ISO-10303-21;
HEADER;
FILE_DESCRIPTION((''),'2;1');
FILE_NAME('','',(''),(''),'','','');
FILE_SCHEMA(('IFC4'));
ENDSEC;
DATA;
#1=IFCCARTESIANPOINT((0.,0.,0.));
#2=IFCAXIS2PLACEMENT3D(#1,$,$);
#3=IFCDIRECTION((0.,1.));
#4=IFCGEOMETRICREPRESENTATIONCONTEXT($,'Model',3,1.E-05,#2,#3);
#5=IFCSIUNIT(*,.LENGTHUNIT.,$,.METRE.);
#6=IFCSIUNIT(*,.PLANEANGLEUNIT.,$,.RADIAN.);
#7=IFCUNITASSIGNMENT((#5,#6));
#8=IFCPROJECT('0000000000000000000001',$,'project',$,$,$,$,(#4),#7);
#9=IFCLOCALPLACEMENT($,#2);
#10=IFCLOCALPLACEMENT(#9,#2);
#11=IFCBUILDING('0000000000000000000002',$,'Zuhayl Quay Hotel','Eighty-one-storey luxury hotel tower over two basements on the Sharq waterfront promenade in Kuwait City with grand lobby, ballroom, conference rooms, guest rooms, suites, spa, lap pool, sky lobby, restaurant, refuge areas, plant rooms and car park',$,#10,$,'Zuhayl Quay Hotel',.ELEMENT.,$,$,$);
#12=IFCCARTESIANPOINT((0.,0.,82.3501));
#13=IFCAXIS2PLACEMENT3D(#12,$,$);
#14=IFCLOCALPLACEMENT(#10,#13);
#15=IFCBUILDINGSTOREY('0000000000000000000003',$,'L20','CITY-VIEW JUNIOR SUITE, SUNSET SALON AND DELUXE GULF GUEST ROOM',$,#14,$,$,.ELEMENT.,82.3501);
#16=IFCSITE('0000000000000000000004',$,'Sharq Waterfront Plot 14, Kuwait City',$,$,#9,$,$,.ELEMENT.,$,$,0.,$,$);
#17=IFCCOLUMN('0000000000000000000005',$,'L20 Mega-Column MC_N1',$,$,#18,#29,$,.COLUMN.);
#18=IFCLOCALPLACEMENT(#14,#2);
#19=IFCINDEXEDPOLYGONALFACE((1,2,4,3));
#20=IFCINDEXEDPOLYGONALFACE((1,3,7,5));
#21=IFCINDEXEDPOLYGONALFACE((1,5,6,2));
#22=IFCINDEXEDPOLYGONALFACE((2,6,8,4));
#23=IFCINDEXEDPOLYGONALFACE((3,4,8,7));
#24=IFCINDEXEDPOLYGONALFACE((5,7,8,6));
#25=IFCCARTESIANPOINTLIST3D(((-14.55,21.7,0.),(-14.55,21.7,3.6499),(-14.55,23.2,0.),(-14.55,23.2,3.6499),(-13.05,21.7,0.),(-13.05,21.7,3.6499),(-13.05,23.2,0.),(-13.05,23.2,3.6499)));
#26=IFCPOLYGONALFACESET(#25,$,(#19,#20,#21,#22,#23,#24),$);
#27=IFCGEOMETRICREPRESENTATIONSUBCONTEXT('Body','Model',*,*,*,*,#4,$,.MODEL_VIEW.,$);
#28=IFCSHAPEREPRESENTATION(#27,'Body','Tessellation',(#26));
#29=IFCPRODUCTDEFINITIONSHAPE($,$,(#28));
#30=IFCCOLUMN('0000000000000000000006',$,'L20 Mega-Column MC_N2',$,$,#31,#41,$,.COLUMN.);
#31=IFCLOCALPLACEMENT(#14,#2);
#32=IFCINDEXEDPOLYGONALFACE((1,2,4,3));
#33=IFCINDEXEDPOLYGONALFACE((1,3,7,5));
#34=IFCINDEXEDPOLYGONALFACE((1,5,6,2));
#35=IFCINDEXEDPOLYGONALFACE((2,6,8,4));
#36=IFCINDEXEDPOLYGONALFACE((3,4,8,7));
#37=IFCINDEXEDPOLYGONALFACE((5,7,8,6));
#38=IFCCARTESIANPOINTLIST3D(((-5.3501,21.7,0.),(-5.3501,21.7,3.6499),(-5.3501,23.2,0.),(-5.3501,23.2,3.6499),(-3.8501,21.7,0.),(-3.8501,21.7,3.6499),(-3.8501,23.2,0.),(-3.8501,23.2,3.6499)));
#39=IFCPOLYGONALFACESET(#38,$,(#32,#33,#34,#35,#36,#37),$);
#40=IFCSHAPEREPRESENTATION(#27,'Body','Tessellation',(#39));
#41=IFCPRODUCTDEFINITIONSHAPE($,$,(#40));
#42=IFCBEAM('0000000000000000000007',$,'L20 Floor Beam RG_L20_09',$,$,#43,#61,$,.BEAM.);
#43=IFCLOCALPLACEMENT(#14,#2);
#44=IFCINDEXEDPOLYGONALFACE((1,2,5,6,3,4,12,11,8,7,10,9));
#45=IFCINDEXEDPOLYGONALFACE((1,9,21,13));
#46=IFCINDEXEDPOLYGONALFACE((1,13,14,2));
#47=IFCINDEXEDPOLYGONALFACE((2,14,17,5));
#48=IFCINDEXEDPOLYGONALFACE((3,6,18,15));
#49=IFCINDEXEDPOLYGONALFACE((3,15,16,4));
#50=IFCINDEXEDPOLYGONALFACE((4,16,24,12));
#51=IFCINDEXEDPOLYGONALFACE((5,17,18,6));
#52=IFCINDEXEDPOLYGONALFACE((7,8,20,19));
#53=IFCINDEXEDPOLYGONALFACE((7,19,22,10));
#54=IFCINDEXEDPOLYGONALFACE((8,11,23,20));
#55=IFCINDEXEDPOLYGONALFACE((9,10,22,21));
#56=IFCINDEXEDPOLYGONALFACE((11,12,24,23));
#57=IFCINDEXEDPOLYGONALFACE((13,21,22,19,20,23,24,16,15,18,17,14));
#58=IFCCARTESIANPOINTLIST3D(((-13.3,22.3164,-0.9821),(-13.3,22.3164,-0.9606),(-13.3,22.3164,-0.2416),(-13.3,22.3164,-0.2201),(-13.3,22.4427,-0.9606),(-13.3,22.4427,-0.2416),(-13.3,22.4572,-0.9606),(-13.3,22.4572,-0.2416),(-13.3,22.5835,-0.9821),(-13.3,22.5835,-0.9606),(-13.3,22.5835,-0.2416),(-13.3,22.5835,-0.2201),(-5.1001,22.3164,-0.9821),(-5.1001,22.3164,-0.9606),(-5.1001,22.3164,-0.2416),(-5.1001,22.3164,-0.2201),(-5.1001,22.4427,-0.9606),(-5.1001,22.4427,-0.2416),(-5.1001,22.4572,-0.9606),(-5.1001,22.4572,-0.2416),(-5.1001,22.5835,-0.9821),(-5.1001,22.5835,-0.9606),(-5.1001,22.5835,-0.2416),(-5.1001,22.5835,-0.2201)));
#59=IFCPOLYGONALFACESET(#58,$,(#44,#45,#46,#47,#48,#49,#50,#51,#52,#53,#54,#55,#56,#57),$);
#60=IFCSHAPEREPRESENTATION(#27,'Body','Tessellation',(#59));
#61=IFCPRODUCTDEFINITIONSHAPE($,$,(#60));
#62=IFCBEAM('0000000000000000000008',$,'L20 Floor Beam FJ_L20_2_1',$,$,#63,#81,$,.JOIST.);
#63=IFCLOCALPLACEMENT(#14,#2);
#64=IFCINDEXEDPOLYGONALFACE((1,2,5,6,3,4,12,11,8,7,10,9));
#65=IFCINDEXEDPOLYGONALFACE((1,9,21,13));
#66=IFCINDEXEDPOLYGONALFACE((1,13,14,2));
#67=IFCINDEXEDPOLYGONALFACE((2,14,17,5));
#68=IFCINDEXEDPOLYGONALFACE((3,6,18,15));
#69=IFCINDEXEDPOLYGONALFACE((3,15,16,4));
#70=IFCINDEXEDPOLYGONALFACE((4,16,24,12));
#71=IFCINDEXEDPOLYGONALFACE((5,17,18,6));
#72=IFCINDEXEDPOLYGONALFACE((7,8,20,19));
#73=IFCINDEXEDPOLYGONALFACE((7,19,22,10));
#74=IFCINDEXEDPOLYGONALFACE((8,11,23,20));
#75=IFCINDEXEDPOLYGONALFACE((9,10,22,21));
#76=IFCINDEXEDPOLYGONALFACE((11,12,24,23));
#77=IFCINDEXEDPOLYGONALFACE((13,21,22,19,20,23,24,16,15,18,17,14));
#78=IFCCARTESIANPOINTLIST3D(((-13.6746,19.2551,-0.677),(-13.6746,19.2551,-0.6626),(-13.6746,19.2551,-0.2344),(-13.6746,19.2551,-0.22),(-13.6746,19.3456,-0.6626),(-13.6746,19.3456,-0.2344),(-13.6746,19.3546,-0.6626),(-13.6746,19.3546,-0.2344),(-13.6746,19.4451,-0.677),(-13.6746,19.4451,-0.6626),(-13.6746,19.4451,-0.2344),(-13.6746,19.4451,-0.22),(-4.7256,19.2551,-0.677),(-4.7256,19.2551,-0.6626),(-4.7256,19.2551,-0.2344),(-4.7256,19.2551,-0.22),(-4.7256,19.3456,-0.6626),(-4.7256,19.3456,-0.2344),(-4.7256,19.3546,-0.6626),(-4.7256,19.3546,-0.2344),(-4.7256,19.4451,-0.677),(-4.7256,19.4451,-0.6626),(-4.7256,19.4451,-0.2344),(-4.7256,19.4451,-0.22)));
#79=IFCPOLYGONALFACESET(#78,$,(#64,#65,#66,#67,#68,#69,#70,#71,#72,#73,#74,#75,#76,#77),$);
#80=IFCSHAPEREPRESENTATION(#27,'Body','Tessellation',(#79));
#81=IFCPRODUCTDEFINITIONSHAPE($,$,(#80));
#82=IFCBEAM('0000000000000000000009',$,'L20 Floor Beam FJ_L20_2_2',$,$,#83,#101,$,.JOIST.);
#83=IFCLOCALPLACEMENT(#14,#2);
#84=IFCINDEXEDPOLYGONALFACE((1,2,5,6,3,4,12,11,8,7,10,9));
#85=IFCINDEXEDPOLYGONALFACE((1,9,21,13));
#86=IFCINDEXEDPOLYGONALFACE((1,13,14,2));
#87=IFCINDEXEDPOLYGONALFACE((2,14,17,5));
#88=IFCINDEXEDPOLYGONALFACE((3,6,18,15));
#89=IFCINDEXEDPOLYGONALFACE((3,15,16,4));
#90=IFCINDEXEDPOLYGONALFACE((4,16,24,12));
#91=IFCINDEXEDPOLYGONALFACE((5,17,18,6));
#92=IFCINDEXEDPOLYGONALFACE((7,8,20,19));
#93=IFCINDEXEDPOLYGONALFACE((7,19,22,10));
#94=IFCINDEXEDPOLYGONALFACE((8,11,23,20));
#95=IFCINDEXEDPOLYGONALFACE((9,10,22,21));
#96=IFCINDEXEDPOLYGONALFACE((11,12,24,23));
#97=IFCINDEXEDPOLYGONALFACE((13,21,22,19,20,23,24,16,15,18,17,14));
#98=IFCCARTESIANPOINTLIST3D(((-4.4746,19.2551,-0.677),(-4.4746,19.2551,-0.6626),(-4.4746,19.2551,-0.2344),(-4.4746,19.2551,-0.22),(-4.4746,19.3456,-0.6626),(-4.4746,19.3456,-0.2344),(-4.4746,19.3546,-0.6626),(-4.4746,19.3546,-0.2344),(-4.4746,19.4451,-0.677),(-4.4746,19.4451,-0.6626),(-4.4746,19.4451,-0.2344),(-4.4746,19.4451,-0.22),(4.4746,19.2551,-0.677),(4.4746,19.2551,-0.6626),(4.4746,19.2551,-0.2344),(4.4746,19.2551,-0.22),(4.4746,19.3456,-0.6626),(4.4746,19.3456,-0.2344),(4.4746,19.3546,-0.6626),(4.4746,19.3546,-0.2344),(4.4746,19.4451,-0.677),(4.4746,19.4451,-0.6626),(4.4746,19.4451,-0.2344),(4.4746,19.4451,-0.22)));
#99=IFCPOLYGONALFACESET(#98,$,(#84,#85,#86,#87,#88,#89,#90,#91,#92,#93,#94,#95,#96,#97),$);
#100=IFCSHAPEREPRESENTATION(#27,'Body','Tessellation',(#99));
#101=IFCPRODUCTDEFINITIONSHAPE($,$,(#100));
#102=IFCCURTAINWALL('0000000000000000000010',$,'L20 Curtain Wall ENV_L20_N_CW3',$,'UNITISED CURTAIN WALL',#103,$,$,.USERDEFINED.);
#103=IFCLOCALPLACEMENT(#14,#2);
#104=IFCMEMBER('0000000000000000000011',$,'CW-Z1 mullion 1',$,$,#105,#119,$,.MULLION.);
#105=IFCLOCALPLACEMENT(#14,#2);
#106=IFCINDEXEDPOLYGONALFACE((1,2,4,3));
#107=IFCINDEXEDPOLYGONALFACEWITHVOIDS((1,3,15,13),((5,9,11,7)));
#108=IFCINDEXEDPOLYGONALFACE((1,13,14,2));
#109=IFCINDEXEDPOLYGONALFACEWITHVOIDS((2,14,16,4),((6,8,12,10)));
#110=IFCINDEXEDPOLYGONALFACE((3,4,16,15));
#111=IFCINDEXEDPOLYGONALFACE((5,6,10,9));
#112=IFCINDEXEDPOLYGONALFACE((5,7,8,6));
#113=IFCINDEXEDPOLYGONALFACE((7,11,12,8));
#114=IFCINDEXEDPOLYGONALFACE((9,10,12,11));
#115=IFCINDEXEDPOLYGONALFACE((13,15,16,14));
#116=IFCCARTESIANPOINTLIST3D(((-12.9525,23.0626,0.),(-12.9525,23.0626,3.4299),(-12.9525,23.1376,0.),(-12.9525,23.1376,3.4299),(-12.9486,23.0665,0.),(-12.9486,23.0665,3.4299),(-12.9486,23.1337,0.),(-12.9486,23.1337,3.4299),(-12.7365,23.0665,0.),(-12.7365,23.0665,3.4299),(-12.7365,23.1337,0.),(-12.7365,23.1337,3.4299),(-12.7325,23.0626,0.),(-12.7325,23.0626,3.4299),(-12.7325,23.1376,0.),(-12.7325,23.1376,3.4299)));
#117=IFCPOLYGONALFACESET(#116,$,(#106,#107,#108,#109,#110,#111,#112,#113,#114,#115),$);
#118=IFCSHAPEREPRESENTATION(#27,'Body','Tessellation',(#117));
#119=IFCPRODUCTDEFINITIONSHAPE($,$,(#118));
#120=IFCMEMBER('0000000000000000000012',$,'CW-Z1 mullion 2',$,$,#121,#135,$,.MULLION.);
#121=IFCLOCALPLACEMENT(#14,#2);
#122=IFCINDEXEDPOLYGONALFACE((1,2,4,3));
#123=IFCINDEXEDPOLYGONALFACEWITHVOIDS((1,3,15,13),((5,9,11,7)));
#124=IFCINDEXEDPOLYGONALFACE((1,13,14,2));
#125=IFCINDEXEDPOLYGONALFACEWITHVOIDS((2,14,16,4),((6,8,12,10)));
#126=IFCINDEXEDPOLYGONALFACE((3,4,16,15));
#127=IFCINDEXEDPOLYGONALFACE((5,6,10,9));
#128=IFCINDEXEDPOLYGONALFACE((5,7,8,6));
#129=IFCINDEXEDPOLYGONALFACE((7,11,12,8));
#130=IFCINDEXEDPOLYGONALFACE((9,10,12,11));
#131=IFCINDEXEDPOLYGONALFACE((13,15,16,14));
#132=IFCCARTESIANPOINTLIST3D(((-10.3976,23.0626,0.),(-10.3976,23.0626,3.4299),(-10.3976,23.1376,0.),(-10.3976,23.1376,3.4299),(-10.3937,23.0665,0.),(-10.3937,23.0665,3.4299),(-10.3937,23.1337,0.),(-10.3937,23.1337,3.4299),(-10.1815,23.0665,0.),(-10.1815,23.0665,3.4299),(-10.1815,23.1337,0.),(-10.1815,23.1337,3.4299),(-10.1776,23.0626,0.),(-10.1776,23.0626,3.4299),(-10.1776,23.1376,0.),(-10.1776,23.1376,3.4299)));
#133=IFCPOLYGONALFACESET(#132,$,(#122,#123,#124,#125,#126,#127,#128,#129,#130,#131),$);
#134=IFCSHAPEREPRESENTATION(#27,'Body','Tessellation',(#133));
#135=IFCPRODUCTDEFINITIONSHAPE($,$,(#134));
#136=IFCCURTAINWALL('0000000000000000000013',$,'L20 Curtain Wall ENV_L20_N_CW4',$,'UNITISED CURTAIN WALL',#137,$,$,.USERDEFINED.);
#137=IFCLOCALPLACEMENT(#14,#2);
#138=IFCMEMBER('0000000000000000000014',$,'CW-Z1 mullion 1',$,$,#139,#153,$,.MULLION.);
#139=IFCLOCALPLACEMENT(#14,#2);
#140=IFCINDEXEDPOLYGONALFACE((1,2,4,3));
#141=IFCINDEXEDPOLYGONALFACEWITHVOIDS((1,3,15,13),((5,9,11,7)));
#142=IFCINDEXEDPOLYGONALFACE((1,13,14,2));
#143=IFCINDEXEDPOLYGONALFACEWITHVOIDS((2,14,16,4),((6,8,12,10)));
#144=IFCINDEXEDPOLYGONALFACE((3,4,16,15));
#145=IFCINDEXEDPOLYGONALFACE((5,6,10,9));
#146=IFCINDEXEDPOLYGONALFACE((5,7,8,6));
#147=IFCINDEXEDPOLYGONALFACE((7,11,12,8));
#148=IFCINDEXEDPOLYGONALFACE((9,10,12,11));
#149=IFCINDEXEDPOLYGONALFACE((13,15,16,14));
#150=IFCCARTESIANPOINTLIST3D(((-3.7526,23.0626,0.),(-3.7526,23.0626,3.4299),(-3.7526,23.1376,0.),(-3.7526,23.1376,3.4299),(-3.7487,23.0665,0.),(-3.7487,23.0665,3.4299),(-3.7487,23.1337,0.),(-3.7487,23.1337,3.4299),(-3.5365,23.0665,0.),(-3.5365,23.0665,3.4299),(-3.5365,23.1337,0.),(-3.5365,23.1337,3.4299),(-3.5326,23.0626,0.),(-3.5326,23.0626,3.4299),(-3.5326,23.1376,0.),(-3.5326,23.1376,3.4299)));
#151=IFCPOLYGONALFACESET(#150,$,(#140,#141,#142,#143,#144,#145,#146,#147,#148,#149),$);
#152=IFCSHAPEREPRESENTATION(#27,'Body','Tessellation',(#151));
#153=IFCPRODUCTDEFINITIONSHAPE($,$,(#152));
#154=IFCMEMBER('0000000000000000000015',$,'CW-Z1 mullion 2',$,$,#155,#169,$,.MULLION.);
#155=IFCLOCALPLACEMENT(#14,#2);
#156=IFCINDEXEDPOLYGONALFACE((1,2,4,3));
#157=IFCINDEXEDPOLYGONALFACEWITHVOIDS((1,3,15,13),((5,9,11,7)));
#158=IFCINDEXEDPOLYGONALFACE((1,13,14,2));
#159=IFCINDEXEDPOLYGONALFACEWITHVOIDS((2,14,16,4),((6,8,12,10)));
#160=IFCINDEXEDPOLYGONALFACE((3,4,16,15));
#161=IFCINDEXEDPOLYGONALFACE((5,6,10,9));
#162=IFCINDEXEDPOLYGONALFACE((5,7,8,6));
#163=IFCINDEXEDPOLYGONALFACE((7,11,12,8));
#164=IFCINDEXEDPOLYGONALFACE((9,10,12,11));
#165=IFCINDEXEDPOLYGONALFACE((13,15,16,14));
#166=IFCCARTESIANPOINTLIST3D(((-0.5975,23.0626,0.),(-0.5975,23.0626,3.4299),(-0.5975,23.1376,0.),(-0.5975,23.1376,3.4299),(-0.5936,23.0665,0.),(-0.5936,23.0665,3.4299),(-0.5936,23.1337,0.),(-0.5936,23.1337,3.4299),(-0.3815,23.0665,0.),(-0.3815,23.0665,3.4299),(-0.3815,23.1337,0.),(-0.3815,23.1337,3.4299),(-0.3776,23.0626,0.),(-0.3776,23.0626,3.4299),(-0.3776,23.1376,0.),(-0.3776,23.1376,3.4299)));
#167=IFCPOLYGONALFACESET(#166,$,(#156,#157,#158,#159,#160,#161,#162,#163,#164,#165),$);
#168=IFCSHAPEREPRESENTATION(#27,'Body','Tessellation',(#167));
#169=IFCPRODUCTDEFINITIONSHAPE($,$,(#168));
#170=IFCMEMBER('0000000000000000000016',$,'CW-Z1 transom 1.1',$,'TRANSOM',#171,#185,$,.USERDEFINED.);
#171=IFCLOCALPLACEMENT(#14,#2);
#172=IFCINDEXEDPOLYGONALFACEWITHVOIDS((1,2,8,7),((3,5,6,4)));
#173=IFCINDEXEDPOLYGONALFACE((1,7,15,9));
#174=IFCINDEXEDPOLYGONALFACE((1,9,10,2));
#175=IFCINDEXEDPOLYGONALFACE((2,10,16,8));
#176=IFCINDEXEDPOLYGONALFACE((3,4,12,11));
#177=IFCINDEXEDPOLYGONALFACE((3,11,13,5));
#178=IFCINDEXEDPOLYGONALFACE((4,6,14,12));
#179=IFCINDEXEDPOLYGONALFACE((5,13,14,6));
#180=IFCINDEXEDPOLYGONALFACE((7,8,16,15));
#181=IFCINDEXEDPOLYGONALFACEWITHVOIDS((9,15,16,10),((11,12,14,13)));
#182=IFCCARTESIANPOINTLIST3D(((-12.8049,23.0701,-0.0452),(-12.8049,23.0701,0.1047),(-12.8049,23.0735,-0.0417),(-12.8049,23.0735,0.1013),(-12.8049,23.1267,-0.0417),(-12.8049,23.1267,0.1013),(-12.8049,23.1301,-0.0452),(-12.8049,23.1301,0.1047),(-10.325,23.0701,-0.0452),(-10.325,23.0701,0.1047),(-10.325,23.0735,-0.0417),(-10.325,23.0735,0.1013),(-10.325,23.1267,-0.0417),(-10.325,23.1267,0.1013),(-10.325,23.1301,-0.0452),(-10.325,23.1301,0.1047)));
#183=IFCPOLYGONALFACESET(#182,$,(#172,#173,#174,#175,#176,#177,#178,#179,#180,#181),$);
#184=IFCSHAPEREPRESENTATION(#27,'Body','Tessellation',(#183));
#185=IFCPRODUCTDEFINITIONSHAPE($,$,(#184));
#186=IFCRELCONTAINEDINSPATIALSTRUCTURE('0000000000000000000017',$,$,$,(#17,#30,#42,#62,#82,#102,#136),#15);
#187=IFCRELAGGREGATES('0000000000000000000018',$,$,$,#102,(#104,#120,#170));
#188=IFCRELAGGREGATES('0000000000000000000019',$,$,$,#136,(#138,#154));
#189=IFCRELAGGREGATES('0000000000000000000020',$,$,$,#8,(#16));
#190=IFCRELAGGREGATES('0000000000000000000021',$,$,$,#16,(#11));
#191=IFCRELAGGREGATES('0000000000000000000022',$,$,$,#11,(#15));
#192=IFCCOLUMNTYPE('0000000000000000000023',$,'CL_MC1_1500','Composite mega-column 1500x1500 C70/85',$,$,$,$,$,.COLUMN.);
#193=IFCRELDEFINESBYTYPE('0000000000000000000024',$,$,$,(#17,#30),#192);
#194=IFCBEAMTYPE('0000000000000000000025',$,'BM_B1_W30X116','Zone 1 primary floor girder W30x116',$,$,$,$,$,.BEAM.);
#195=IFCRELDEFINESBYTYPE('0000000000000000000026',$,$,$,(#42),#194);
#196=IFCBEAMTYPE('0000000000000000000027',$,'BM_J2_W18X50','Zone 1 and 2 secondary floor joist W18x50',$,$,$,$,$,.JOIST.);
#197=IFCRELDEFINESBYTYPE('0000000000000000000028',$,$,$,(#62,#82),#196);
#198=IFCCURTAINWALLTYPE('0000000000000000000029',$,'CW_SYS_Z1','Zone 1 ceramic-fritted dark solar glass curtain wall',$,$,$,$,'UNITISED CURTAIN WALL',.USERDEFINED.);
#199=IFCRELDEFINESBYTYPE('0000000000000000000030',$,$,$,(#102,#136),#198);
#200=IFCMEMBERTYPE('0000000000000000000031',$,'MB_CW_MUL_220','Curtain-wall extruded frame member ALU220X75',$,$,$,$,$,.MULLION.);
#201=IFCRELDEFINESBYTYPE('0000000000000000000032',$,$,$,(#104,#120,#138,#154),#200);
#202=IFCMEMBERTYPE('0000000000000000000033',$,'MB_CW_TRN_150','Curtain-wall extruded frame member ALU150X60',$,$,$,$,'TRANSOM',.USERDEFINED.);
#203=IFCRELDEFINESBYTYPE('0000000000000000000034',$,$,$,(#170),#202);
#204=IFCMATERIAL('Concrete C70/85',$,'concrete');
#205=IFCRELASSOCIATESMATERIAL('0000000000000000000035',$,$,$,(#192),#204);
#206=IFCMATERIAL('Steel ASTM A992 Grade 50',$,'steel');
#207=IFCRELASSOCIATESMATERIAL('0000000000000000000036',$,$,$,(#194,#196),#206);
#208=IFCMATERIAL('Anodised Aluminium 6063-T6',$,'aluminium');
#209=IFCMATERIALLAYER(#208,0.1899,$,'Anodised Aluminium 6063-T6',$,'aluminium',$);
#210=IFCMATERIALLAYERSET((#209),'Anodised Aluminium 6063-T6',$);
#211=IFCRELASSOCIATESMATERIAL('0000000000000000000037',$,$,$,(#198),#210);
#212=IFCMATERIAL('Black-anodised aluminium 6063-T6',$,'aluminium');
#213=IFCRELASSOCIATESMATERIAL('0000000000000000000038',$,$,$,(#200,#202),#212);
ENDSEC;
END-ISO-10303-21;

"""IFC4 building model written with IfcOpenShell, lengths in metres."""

from ifc_helpers import new_model, si_unit, direction, frame, origin, origin_2d, place, context, subcontext, project, spatial, rectangle, hollow_rectangle, i_section, extrude, material, layer, layer_set, material_profile, profile_set, type_object, element, aggregate, save


model = new_model("IFC4")

# Units and contexts
model_context = context("Model", 3, precision=1e-05, world=origin(), true_north=direction((0.0, 1.0)))
body_context = subcontext(model_context, "Body", "Model", "MODEL_VIEW")
ifc_project = project(units=[si_unit("LENGTHUNIT", "METRE"), si_unit("PLANEANGLEUNIT", "RADIAN")], contexts=[model_context])

# Site, building, storey
site_placement = place(None, origin())
site = spatial("IfcSite", under=ifc_project, at=site_placement, Name="Sharq Waterfront Plot 14, Kuwait City", CompositionType="ELEMENT", RefElevation=0.0)
building_placement = place(site_placement, origin())
building = spatial("IfcBuilding", under=site, at=building_placement, Name="Zuhayl Quay Hotel", Description="Eighty-one-storey luxury hotel tower over two basements on the Sharq waterfront promenade in Kuwait City with grand lobby, ballroom, conference rooms, guest rooms, suites, spa, lap pool, sky lobby, restaurant, refuge areas, plant rooms and car park", LongName="Zuhayl Quay Hotel", CompositionType="ELEMENT")
storey_placement = place(building_placement, frame((0.0, 0.0, 82.3501)))
storey = spatial("IfcBuildingStorey", under=building, at=storey_placement, Name="L20", Description="CITY-VIEW JUNIOR SUITE, SUNSET SALON AND DELUXE GULF GUEST ROOM", CompositionType="ELEMENT", Elevation=82.3501)

# Columns
ifc_material_1 = material(Name="Concrete C70/85", Category="concrete")
ifc_material_profile_1 = material_profile(ifc_material_1, rectangle(XDim=1.5, YDim=1.5, at=origin_2d()), Name="RC1500X1500")
ifc_profile_set_1 = profile_set([ifc_material_profile_1], Name="Concrete C70/85")
column_type = type_object("IfcColumnType", Name="CL_MC1_1500", Description="Composite mega-column 1500x1500 C70/85", PredefinedType="COLUMN", material=ifc_profile_set_1)
for number, where, z_axis, x_axis, name in (
    (1, (-13.8, 22.45, 0.0), (0.0, 0.0, 1.0), (1.0, 0.0, 0.0), "L20 Mega-Column MC_N1"),
    (2, (-4.6001, 22.45, 0.0), (0.0, 0.0, 1.0), (1.0, 0.0, 0.0), "L20 Mega-Column MC_N2"),
):
    element("IfcColumn", number, at=place(storey_placement, frame(where, z_axis=z_axis, x_axis=x_axis)), inside=storey, type_object=column_type, Name=name, PredefinedType="COLUMN", context=body_context, shape_type="SweptSolid", body=[
        extrude(rectangle(XDim=1.5, YDim=1.5, at=origin_2d()), origin(), (0.0, 0.0, 1.0), 3.6499),
    ])

# Beams
ifc_material_2 = material(Name="Steel ASTM A992 Grade 50", Category="steel")
ifc_material_profile_2 = material_profile(ifc_material_2, i_section(OverallWidth=0.2671, OverallDepth=0.762, WebThickness=0.0144, FlangeThickness=0.0215, at=origin_2d()), Name="W30X116")
ifc_profile_set_2 = profile_set([ifc_material_profile_2], Name="Steel ASTM A992 Grade 50")
beam_type_1 = type_object("IfcBeamType", Name="BM_B1_W30X116", Description="Zone 1 primary floor girder W30x116", PredefinedType="BEAM", material=ifc_profile_set_2)
beam_1_placement = place(storey_placement, frame((-5.1001, 22.45, -0.6011), z_axis=(-1.0, 0.0, 0.0), x_axis=(0.0, -1.0, 0.0)))
element("IfcBeam", 3, at=beam_1_placement, inside=storey, type_object=beam_type_1, Name="L20 Floor Beam RG_L20_09", PredefinedType="BEAM", context=body_context, shape_type="SweptSolid", body=[
    extrude(i_section(OverallWidth=0.2671, OverallDepth=0.762, WebThickness=0.0144, FlangeThickness=0.0215, at=origin_2d()), origin(), (0.0, 0.0, 1.0), 8.2),
])
ifc_material_profile_3 = material_profile(ifc_material_2, i_section(OverallWidth=0.1899, OverallDepth=0.457, WebThickness=0.009, FlangeThickness=0.0144, at=origin_2d()), Name="W18X50")
ifc_profile_set_3 = profile_set([ifc_material_profile_3], Name="Steel ASTM A992 Grade 50")
beam_type_2 = type_object("IfcBeamType", Name="BM_J2_W18X50", Description="Zone 1 and 2 secondary floor joist W18x50", PredefinedType="JOIST", material=ifc_profile_set_3)
beam_2_placement = place(storey_placement, frame((-13.6746, 19.3501, -0.4485), z_axis=(1.0, 0.0, 0.0), x_axis=(0.0, 1.0, 0.0)))
element("IfcBeam", 4, at=beam_2_placement, inside=storey, type_object=beam_type_2, Name="L20 Floor Beam FJ_L20_2_1", PredefinedType="JOIST", context=body_context, shape_type="SweptSolid", body=[
    extrude(i_section(OverallWidth=0.1899, OverallDepth=0.457, WebThickness=0.009, FlangeThickness=0.0144, at=origin_2d()), origin(), (0.0, 0.0, 1.0), 8.949),
])
beam_3_placement = place(storey_placement, frame((-4.4746, 19.3501, -0.4485), z_axis=(1.0, 0.0, 0.0), x_axis=(0.0, 1.0, 0.0)))
element("IfcBeam", 5, at=beam_3_placement, inside=storey, type_object=beam_type_2, Name="L20 Floor Beam FJ_L20_2_2", PredefinedType="JOIST", context=body_context, shape_type="SweptSolid", body=[
    extrude(i_section(OverallWidth=0.1899, OverallDepth=0.457, WebThickness=0.009, FlangeThickness=0.0144, at=origin_2d()), origin(), (0.0, 0.0, 1.0), 8.9492),
])

# Curtain walls, members
ifc_material_3 = material(Name="Anodised Aluminium 6063-T6", Category="aluminium")
ifc_layer_1 = layer(ifc_material_3, 0.1899, Name="Anodised Aluminium 6063-T6", Category="aluminium")
ifc_layer_set_1 = layer_set([ifc_layer_1], Name="Anodised Aluminium 6063-T6")
curtain_wall_type = type_object("IfcCurtainWallType", Name="CW_SYS_Z1", Description="Zone 1 ceramic-fritted dark solar glass curtain wall", ElementType="UNITISED CURTAIN WALL", PredefinedType="USERDEFINED", material=ifc_layer_set_1)
curtain_wall_1_placement = place(storey_placement, origin())
curtain_wall_1 = element("IfcCurtainWall", 6, at=curtain_wall_1_placement, inside=storey, type_object=curtain_wall_type, Name="L20 Curtain Wall ENV_L20_N_CW3", ObjectType="UNITISED CURTAIN WALL", PredefinedType="USERDEFINED")
ifc_material_4 = material(Name="Black-anodised aluminium 6063-T6", Category="aluminium")
ifc_material_profile_4 = material_profile(ifc_material_4, hollow_rectangle(XDim=0.075, YDim=0.22, WallThickness=0.0039, at=origin_2d()), Name="ALU220X75")
ifc_profile_set_4 = profile_set([ifc_material_profile_4], Name="Black-anodised aluminium 6063-T6")
member_type_1 = type_object("IfcMemberType", Name="MB_CW_MUL_220", Description="Curtain-wall extruded frame member ALU220X75", PredefinedType="MULLION", material=ifc_profile_set_4)
member_1_placement = place(storey_placement, frame((-12.8425, 23.1001, 0.0), z_axis=(0.0, 0.0, 1.0), x_axis=(0.0, 1.0, 0.0)))
member_1 = element("IfcMember", 7, at=member_1_placement, type_object=member_type_1, Name="CW-Z1 mullion 1", PredefinedType="MULLION", context=body_context, shape_type="SweptSolid", body=[
    extrude(hollow_rectangle(XDim=0.075, YDim=0.22, WallThickness=0.0039, at=origin_2d()), origin(), (0.0, 0.0, 1.0), 3.4299),
])
member_2_placement = place(storey_placement, frame((-10.2876, 23.1001, 0.0), z_axis=(0.0, 0.0, 1.0), x_axis=(0.0, 1.0, 0.0)))
member_2 = element("IfcMember", 8, at=member_2_placement, type_object=member_type_1, Name="CW-Z1 mullion 2", PredefinedType="MULLION", context=body_context, shape_type="SweptSolid", body=[
    extrude(hollow_rectangle(XDim=0.075, YDim=0.22, WallThickness=0.0039, at=origin_2d()), origin(), (0.0, 0.0, 1.0), 3.4299),
])
curtain_wall_2_placement = place(storey_placement, origin())
curtain_wall_2 = element("IfcCurtainWall", 9, at=curtain_wall_2_placement, inside=storey, type_object=curtain_wall_type, Name="L20 Curtain Wall ENV_L20_N_CW4", ObjectType="UNITISED CURTAIN WALL", PredefinedType="USERDEFINED")
member_3_placement = place(storey_placement, frame((-3.6426, 23.1001, 0.0), z_axis=(0.0, 0.0, 1.0), x_axis=(0.0, 1.0, 0.0)))
member_3 = element("IfcMember", 10, at=member_3_placement, type_object=member_type_1, Name="CW-Z1 mullion 1", PredefinedType="MULLION", context=body_context, shape_type="SweptSolid", body=[
    extrude(hollow_rectangle(XDim=0.075, YDim=0.22, WallThickness=0.0039, at=origin_2d()), origin(), (0.0, 0.0, 1.0), 3.4299),
])
member_4_placement = place(storey_placement, frame((-0.4875, 23.1001, 0.0), z_axis=(0.0, 0.0, 1.0), x_axis=(0.0, 1.0, 0.0)))
member_4 = element("IfcMember", 11, at=member_4_placement, type_object=member_type_1, Name="CW-Z1 mullion 2", PredefinedType="MULLION", context=body_context, shape_type="SweptSolid", body=[
    extrude(hollow_rectangle(XDim=0.075, YDim=0.22, WallThickness=0.0039, at=origin_2d()), origin(), (0.0, 0.0, 1.0), 3.4299),
])

# Member
ifc_material_profile_5 = material_profile(ifc_material_4, hollow_rectangle(XDim=0.0601, YDim=0.1499, WallThickness=0.0034, at=origin_2d()), Name="ALU150X60")
ifc_profile_set_5 = profile_set([ifc_material_profile_5], Name="Black-anodised aluminium 6063-T6")
member_type_2 = type_object("IfcMemberType", Name="MB_CW_TRN_150", Description="Curtain-wall extruded frame member ALU150X60", ElementType="TRANSOM", PredefinedType="USERDEFINED", material=ifc_profile_set_5)
member_5_placement = place(storey_placement, frame((-12.8049, 23.1001, 0.0298), z_axis=(1.0, 0.0, 0.0), x_axis=(0.0, 1.0, 0.0)))
member_5 = element("IfcMember", 12, at=member_5_placement, type_object=member_type_2, Name="CW-Z1 transom 1.1", ObjectType="TRANSOM", PredefinedType="USERDEFINED", context=body_context, shape_type="SweptSolid", body=[
    extrude(hollow_rectangle(XDim=0.0601, YDim=0.1499, WallThickness=0.0034, at=origin_2d()), origin(), (0.0, 0.0, 1.0), 2.48),
])

aggregate(curtain_wall_1, [member_1, member_2, member_5])
aggregate(curtain_wall_2, [member_3, member_4])

save(model, "model.ifc")
